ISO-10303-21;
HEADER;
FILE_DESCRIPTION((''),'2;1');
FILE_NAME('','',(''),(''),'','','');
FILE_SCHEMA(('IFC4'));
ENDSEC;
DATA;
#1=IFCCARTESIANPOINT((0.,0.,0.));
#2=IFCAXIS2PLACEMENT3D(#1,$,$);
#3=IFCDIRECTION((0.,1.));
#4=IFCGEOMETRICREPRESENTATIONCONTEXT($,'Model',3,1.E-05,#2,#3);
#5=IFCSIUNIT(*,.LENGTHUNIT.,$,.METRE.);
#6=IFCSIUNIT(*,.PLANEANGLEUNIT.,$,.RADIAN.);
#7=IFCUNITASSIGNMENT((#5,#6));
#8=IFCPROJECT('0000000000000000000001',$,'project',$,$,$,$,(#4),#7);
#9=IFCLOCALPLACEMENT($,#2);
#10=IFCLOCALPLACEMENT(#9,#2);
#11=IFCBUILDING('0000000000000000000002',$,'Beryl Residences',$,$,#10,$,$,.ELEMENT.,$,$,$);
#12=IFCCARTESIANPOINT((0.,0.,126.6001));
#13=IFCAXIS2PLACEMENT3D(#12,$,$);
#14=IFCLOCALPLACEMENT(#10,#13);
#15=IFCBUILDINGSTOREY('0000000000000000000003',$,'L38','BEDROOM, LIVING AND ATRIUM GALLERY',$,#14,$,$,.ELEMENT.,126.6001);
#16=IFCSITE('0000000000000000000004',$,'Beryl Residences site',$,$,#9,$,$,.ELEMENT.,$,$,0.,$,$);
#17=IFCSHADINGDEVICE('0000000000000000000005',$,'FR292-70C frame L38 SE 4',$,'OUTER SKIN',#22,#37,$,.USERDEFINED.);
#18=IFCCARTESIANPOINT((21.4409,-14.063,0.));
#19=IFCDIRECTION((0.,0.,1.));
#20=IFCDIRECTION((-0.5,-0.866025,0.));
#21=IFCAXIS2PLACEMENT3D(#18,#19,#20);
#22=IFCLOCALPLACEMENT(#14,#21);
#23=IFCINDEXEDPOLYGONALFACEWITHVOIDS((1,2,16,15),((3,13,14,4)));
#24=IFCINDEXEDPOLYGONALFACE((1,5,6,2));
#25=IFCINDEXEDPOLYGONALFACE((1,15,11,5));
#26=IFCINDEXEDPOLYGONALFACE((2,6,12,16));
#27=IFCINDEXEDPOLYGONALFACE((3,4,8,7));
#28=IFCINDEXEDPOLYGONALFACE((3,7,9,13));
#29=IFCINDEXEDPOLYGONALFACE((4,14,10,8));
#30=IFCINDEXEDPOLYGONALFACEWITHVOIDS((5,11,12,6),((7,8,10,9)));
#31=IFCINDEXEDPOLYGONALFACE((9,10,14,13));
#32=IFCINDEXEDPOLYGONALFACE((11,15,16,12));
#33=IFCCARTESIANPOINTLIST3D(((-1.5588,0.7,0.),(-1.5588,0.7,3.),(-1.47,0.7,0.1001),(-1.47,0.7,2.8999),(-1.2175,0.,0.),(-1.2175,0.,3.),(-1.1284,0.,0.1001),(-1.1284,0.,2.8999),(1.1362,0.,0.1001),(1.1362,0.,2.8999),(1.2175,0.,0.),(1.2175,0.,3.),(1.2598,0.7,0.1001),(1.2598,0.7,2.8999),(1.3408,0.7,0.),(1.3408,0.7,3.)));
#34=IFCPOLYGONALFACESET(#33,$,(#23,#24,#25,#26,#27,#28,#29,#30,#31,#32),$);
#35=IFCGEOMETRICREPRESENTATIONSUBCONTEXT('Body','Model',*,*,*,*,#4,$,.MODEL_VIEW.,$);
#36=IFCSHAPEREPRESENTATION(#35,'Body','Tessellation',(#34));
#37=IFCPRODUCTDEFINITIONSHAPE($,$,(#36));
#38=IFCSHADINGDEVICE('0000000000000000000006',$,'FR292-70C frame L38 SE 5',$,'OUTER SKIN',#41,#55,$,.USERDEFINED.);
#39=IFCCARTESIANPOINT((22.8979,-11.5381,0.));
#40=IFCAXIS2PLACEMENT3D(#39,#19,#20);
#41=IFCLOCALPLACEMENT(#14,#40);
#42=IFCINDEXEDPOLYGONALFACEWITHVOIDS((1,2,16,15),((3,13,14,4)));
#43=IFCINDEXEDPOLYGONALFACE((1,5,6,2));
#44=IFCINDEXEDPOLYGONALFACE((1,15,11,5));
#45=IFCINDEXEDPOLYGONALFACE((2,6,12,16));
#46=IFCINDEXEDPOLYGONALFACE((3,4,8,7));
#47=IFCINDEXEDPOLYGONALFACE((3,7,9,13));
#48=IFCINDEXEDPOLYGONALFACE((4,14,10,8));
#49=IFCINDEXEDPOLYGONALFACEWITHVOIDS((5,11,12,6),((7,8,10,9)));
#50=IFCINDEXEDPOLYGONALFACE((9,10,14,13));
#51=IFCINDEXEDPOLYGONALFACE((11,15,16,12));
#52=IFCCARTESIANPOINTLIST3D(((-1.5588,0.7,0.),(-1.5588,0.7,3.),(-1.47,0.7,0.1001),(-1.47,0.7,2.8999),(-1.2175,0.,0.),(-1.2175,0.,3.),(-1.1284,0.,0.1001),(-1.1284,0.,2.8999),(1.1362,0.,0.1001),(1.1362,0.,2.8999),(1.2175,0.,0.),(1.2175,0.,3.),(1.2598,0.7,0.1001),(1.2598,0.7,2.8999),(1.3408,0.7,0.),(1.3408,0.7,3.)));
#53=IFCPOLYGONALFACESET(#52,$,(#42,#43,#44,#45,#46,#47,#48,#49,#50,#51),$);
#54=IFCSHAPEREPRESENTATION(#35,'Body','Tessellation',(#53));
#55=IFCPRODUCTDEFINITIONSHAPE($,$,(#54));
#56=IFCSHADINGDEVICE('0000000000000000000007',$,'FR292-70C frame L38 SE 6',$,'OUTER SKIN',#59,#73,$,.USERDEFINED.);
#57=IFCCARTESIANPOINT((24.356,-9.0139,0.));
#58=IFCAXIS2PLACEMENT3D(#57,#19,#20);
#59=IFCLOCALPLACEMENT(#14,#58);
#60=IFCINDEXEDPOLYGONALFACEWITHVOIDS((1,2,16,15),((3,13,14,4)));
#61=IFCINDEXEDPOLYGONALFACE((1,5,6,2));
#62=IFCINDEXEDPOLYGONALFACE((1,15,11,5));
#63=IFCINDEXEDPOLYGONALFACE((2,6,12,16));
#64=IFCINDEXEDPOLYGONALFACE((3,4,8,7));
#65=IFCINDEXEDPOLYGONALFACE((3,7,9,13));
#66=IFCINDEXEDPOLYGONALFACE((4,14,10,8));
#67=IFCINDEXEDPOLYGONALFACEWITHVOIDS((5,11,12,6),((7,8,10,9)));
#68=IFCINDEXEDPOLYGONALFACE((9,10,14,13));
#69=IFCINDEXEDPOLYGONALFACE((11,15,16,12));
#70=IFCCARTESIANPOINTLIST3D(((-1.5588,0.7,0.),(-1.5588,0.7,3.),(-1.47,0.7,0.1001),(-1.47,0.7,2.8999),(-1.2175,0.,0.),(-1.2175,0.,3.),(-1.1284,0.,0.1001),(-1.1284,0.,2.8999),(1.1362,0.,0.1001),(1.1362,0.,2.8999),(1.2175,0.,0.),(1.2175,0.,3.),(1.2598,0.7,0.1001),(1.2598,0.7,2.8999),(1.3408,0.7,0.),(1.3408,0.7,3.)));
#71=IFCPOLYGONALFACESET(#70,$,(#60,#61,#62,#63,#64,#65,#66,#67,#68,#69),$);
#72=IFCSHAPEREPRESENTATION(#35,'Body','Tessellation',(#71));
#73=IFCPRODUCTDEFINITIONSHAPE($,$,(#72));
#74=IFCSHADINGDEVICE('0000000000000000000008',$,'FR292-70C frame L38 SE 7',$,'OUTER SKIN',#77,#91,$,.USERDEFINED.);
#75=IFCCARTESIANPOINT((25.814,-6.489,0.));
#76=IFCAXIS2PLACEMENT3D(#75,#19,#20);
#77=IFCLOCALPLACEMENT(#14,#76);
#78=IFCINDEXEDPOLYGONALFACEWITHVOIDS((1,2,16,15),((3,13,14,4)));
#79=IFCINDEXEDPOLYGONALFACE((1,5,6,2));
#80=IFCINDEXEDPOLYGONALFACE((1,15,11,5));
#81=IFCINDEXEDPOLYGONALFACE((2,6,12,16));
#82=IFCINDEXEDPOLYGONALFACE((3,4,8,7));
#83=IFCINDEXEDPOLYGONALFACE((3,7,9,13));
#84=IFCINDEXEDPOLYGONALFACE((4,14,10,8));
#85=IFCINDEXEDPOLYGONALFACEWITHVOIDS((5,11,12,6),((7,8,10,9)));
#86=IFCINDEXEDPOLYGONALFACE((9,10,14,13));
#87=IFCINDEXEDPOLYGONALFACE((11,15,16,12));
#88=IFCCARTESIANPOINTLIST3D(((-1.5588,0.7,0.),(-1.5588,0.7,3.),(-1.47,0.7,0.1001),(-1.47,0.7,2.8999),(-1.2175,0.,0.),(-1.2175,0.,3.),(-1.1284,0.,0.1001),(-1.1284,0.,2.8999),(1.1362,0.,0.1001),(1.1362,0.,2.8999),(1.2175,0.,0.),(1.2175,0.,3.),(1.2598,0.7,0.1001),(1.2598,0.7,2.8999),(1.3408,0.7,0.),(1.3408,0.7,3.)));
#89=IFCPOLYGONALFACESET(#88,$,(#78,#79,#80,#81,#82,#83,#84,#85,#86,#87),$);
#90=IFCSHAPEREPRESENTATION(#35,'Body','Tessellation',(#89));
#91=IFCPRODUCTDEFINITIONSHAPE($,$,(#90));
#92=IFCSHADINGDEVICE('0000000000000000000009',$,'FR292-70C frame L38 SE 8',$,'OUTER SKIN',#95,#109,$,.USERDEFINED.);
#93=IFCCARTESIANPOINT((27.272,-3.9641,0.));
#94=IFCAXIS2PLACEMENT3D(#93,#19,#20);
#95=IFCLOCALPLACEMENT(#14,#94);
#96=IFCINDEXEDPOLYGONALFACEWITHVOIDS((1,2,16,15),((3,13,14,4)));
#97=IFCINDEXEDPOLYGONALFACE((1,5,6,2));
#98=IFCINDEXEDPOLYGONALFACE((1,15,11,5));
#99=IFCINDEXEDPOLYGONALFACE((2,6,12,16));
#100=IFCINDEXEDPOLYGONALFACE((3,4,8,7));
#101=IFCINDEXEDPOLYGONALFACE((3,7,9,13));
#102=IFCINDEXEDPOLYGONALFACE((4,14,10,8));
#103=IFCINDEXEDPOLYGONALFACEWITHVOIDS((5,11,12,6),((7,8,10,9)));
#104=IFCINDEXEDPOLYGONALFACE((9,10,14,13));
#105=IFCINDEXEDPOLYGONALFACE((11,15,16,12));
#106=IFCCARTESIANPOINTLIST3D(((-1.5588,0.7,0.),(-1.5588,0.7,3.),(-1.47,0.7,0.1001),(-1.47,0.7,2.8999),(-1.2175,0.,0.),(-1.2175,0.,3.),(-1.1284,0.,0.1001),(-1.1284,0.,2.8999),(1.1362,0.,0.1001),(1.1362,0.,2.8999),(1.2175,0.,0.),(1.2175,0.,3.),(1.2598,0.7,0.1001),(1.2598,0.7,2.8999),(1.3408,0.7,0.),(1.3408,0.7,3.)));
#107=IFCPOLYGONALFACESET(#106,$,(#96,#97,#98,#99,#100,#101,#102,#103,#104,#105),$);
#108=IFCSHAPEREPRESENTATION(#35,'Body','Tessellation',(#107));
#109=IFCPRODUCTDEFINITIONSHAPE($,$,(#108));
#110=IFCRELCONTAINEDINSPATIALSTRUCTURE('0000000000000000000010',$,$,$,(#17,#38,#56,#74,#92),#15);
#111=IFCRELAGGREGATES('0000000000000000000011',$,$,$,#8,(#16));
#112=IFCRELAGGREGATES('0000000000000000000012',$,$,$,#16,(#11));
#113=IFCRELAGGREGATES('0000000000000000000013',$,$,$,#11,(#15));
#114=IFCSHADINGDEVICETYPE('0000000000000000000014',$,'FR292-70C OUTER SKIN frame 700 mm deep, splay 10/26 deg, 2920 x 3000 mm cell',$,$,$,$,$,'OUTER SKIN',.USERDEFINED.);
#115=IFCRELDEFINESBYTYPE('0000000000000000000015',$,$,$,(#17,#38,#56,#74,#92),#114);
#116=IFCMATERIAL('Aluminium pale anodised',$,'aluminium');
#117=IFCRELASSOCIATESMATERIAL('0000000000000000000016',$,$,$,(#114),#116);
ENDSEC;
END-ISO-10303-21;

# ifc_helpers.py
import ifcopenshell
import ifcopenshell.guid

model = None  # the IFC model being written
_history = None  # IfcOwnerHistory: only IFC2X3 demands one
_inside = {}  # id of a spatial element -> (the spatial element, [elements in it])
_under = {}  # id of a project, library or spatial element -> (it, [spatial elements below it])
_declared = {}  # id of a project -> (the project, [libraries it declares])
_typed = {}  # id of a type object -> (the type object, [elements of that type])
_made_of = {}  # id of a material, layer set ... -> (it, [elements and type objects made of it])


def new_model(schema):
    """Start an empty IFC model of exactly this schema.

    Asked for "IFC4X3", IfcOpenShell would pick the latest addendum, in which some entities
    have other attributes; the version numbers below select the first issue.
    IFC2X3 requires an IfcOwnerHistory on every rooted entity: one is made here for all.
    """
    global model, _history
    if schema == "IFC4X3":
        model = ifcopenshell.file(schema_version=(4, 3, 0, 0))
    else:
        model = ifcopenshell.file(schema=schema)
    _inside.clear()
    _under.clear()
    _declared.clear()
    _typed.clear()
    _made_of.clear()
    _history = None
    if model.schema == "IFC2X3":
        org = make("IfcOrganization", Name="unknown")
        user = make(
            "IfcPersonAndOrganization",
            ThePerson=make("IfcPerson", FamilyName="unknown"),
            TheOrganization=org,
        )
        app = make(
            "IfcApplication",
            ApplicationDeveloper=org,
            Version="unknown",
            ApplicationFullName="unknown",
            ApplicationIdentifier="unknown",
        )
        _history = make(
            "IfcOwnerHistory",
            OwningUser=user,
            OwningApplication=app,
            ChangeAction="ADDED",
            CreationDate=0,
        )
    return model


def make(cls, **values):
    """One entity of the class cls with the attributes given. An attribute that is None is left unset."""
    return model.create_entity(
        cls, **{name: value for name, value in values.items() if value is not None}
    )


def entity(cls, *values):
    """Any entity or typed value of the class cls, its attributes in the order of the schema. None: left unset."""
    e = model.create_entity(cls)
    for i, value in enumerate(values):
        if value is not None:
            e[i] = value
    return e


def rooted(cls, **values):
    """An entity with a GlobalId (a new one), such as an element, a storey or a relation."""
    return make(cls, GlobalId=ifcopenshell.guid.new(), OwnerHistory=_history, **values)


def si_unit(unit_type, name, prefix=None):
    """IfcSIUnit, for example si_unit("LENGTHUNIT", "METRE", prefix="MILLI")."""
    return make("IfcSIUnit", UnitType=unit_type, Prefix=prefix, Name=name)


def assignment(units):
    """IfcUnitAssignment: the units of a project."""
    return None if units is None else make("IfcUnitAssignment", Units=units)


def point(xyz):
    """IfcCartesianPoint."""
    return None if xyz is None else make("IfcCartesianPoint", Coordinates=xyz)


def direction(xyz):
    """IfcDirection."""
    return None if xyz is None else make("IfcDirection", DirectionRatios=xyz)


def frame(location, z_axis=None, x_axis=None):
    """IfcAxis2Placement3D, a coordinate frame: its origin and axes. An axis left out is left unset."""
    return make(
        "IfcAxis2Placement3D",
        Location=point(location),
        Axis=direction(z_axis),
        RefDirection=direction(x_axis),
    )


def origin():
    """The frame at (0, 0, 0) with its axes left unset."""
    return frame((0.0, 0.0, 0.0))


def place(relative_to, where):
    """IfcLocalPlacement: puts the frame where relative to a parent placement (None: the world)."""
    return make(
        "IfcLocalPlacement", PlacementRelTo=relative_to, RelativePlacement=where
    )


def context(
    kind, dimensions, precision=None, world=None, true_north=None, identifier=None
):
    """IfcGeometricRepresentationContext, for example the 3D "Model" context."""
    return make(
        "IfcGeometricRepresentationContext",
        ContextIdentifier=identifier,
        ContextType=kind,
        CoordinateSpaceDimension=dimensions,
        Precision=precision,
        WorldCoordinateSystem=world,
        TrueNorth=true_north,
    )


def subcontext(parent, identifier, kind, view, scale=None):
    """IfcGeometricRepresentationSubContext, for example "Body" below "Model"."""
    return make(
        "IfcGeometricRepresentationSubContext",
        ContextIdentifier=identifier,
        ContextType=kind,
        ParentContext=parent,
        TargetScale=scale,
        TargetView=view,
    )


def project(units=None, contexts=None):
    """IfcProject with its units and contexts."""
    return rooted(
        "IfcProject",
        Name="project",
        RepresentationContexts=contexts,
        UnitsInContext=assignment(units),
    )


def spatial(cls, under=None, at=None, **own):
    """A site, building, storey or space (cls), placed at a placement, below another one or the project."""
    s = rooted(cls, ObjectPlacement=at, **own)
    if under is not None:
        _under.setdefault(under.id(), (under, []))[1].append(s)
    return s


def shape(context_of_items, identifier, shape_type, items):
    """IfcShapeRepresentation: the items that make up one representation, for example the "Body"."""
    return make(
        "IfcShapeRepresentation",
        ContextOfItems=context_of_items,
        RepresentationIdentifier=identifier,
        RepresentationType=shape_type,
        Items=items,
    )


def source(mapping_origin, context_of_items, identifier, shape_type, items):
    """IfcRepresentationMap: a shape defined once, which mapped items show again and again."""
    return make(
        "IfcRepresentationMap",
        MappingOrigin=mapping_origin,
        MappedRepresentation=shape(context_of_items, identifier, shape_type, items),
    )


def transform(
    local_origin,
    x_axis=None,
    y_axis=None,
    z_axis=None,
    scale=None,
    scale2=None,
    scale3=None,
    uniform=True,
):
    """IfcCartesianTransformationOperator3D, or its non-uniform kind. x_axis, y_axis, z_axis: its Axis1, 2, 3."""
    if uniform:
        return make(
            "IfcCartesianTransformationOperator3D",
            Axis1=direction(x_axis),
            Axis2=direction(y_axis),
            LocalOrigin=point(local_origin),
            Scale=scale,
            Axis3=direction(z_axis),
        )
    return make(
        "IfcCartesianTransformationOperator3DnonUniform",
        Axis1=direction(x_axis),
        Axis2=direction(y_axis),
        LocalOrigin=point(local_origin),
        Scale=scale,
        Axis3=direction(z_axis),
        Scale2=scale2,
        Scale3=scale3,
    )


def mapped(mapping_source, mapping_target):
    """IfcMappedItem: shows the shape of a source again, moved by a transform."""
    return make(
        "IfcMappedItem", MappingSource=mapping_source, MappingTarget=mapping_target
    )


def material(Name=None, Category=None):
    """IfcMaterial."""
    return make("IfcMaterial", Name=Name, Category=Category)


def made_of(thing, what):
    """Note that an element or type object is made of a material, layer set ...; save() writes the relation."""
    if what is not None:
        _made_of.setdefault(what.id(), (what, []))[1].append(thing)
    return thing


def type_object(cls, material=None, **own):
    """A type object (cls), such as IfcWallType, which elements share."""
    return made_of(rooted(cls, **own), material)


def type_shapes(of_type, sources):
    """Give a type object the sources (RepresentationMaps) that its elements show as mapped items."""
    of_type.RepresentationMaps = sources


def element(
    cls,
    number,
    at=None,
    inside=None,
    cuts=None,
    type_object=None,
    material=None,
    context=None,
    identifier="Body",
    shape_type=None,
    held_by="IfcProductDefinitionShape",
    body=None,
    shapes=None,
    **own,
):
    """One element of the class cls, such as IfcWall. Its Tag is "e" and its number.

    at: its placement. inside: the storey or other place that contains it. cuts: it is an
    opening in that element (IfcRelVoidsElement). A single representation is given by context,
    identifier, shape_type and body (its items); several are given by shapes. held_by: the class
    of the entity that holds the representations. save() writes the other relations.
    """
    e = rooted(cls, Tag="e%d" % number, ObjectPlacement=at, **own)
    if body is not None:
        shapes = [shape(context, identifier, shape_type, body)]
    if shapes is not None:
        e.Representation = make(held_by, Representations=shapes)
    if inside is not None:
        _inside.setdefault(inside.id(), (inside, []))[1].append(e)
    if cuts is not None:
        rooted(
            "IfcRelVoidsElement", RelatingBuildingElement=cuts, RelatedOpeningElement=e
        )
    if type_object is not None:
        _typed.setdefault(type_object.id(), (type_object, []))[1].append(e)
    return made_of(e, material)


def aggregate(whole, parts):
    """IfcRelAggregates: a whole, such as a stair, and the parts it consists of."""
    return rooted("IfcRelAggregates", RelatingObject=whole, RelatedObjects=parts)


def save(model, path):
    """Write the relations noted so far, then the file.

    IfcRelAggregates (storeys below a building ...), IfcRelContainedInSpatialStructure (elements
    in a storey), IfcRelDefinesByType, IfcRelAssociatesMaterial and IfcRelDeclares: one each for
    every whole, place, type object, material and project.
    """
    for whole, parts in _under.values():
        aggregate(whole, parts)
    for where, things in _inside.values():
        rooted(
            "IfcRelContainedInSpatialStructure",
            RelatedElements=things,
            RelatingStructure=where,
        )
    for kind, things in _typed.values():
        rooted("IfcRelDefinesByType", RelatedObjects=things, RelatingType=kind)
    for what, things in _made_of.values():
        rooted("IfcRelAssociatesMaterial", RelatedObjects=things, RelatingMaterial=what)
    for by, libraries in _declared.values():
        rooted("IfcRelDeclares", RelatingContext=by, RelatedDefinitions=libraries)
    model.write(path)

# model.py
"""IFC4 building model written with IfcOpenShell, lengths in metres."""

from ifc_helpers import new_model, entity, si_unit, direction, frame, origin, place, context, subcontext, project, spatial, source, transform, mapped, material, type_object, type_shapes, element, save


model = new_model("IFC4")

# Units and contexts
model_context = context("Model", 3, precision=1e-05, world=origin(), true_north=direction((0.0, 1.0)))
body_context = subcontext(model_context, "Body", "Model", "MODEL_VIEW")
ifc_project = project(units=[si_unit("LENGTHUNIT", "METRE"), si_unit("PLANEANGLEUNIT", "RADIAN")], contexts=[model_context])

# Site, building, storey
site_placement = place(None, origin())
site = spatial("IfcSite", under=ifc_project, at=site_placement, Name="Beryl Residences site", CompositionType="ELEMENT", RefElevation=0.0)
building_placement = place(site_placement, origin())
building = spatial("IfcBuilding", under=site, at=building_placement, Name="Beryl Residences", CompositionType="ELEMENT")
storey_placement = place(building_placement, frame((0.0, 0.0, 126.6001)))
storey = spatial("IfcBuildingStorey", under=building, at=storey_placement, Name="L38", Description="BEDROOM, LIVING AND ATRIUM GALLERY", CompositionType="ELEMENT", Elevation=126.6001)

# Shading devices
ifc_material_1 = material(Name="Aluminium pale anodised", Category="aluminium")
shading_device_type = type_object("IfcShadingDeviceType", Name="FR292-70C OUTER SKIN frame 700 mm deep, splay 10/26 deg, 2920 x 3000 mm cell", ElementType="OUTER SKIN", PredefinedType="USERDEFINED", material=ifc_material_1)
cartesian_point_1 = entity("IfcCartesianPoint", [-1.2175, 0.0])
cartesian_point_2 = entity("IfcCartesianPoint", [-1.1362, 0.1001])
cartesian_point_3 = entity("IfcCartesianPoint", [-1.3408, 0.0])
cartesian_point_4 = entity("IfcCartesianPoint", [-1.2598, 0.1001])
shared_shape_1 = source(origin(), body_context, "Body", "SweptSolid", [
    entity("IfcExtrudedAreaSolidTapered", entity("IfcArbitraryProfileDefWithVoids", "AREA", None, entity("IfcPolyline", [cartesian_point_1, entity("IfcCartesianPoint", [1.2175, 0.0]), entity("IfcCartesianPoint", [1.2175, 3.0]), entity("IfcCartesianPoint", [-1.2175, 3.0]), cartesian_point_1]), [entity("IfcPolyline", [cartesian_point_2, entity("IfcCartesianPoint", [1.1284, 0.1001]), entity("IfcCartesianPoint", [1.1284, 2.8999]), entity("IfcCartesianPoint", [-1.1362, 2.8999]), cartesian_point_2])]), entity("IfcAxis2Placement3D", entity("IfcCartesianPoint", [0.0, 0.0, 0.0]), entity("IfcDirection", [0.0, 1.0, 0.0]), entity("IfcDirection", [-1.0, 0.0, 0.0])), entity("IfcDirection", [0.0, 0.0, 1.0]), 0.7, entity("IfcArbitraryProfileDefWithVoids", "AREA", None, entity("IfcPolyline", [cartesian_point_3, entity("IfcCartesianPoint", [1.5588, 0.0]), entity("IfcCartesianPoint", [1.5588, 3.0]), entity("IfcCartesianPoint", [-1.3408, 3.0]), cartesian_point_3]), [entity("IfcPolyline", [cartesian_point_4, entity("IfcCartesianPoint", [1.47, 0.1001]), entity("IfcCartesianPoint", [1.47, 2.8999]), entity("IfcCartesianPoint", [-1.2598, 2.8999]), cartesian_point_4])])),
])
type_shapes(shading_device_type, [shared_shape_1])
for number, where, z_axis, x_axis, name in (
    (1, (21.4409, -14.063, 0.0), (0.0, 0.0, 1.0), (-0.5, -0.866025, 0.0), "FR292-70C frame L38 SE 4"),
    (2, (22.8979, -11.5381, 0.0), (0.0, 0.0, 1.0), (-0.5, -0.866025, 0.0), "FR292-70C frame L38 SE 5"),
    (3, (24.356, -9.0139, 0.0), (0.0, 0.0, 1.0), (-0.5, -0.866025, 0.0), "FR292-70C frame L38 SE 6"),
    (4, (25.814, -6.489, 0.0), (0.0, 0.0, 1.0), (-0.5, -0.866025, 0.0), "FR292-70C frame L38 SE 7"),
    (5, (27.272, -3.9641, 0.0), (0.0, 0.0, 1.0), (-0.5, -0.866025, 0.0), "FR292-70C frame L38 SE 8"),
):
    element("IfcShadingDevice", number, at=place(storey_placement, frame(where, z_axis=z_axis, x_axis=x_axis)), inside=storey, type_object=shading_device_type, Name=name, ObjectType="OUTER SKIN", PredefinedType="USERDEFINED", context=body_context, shape_type="MappedRepresentation", body=[
        mapped(shared_shape_1, transform((0.0, 0.0, 0.0))),
    ])

save(model, "model.ifc")
